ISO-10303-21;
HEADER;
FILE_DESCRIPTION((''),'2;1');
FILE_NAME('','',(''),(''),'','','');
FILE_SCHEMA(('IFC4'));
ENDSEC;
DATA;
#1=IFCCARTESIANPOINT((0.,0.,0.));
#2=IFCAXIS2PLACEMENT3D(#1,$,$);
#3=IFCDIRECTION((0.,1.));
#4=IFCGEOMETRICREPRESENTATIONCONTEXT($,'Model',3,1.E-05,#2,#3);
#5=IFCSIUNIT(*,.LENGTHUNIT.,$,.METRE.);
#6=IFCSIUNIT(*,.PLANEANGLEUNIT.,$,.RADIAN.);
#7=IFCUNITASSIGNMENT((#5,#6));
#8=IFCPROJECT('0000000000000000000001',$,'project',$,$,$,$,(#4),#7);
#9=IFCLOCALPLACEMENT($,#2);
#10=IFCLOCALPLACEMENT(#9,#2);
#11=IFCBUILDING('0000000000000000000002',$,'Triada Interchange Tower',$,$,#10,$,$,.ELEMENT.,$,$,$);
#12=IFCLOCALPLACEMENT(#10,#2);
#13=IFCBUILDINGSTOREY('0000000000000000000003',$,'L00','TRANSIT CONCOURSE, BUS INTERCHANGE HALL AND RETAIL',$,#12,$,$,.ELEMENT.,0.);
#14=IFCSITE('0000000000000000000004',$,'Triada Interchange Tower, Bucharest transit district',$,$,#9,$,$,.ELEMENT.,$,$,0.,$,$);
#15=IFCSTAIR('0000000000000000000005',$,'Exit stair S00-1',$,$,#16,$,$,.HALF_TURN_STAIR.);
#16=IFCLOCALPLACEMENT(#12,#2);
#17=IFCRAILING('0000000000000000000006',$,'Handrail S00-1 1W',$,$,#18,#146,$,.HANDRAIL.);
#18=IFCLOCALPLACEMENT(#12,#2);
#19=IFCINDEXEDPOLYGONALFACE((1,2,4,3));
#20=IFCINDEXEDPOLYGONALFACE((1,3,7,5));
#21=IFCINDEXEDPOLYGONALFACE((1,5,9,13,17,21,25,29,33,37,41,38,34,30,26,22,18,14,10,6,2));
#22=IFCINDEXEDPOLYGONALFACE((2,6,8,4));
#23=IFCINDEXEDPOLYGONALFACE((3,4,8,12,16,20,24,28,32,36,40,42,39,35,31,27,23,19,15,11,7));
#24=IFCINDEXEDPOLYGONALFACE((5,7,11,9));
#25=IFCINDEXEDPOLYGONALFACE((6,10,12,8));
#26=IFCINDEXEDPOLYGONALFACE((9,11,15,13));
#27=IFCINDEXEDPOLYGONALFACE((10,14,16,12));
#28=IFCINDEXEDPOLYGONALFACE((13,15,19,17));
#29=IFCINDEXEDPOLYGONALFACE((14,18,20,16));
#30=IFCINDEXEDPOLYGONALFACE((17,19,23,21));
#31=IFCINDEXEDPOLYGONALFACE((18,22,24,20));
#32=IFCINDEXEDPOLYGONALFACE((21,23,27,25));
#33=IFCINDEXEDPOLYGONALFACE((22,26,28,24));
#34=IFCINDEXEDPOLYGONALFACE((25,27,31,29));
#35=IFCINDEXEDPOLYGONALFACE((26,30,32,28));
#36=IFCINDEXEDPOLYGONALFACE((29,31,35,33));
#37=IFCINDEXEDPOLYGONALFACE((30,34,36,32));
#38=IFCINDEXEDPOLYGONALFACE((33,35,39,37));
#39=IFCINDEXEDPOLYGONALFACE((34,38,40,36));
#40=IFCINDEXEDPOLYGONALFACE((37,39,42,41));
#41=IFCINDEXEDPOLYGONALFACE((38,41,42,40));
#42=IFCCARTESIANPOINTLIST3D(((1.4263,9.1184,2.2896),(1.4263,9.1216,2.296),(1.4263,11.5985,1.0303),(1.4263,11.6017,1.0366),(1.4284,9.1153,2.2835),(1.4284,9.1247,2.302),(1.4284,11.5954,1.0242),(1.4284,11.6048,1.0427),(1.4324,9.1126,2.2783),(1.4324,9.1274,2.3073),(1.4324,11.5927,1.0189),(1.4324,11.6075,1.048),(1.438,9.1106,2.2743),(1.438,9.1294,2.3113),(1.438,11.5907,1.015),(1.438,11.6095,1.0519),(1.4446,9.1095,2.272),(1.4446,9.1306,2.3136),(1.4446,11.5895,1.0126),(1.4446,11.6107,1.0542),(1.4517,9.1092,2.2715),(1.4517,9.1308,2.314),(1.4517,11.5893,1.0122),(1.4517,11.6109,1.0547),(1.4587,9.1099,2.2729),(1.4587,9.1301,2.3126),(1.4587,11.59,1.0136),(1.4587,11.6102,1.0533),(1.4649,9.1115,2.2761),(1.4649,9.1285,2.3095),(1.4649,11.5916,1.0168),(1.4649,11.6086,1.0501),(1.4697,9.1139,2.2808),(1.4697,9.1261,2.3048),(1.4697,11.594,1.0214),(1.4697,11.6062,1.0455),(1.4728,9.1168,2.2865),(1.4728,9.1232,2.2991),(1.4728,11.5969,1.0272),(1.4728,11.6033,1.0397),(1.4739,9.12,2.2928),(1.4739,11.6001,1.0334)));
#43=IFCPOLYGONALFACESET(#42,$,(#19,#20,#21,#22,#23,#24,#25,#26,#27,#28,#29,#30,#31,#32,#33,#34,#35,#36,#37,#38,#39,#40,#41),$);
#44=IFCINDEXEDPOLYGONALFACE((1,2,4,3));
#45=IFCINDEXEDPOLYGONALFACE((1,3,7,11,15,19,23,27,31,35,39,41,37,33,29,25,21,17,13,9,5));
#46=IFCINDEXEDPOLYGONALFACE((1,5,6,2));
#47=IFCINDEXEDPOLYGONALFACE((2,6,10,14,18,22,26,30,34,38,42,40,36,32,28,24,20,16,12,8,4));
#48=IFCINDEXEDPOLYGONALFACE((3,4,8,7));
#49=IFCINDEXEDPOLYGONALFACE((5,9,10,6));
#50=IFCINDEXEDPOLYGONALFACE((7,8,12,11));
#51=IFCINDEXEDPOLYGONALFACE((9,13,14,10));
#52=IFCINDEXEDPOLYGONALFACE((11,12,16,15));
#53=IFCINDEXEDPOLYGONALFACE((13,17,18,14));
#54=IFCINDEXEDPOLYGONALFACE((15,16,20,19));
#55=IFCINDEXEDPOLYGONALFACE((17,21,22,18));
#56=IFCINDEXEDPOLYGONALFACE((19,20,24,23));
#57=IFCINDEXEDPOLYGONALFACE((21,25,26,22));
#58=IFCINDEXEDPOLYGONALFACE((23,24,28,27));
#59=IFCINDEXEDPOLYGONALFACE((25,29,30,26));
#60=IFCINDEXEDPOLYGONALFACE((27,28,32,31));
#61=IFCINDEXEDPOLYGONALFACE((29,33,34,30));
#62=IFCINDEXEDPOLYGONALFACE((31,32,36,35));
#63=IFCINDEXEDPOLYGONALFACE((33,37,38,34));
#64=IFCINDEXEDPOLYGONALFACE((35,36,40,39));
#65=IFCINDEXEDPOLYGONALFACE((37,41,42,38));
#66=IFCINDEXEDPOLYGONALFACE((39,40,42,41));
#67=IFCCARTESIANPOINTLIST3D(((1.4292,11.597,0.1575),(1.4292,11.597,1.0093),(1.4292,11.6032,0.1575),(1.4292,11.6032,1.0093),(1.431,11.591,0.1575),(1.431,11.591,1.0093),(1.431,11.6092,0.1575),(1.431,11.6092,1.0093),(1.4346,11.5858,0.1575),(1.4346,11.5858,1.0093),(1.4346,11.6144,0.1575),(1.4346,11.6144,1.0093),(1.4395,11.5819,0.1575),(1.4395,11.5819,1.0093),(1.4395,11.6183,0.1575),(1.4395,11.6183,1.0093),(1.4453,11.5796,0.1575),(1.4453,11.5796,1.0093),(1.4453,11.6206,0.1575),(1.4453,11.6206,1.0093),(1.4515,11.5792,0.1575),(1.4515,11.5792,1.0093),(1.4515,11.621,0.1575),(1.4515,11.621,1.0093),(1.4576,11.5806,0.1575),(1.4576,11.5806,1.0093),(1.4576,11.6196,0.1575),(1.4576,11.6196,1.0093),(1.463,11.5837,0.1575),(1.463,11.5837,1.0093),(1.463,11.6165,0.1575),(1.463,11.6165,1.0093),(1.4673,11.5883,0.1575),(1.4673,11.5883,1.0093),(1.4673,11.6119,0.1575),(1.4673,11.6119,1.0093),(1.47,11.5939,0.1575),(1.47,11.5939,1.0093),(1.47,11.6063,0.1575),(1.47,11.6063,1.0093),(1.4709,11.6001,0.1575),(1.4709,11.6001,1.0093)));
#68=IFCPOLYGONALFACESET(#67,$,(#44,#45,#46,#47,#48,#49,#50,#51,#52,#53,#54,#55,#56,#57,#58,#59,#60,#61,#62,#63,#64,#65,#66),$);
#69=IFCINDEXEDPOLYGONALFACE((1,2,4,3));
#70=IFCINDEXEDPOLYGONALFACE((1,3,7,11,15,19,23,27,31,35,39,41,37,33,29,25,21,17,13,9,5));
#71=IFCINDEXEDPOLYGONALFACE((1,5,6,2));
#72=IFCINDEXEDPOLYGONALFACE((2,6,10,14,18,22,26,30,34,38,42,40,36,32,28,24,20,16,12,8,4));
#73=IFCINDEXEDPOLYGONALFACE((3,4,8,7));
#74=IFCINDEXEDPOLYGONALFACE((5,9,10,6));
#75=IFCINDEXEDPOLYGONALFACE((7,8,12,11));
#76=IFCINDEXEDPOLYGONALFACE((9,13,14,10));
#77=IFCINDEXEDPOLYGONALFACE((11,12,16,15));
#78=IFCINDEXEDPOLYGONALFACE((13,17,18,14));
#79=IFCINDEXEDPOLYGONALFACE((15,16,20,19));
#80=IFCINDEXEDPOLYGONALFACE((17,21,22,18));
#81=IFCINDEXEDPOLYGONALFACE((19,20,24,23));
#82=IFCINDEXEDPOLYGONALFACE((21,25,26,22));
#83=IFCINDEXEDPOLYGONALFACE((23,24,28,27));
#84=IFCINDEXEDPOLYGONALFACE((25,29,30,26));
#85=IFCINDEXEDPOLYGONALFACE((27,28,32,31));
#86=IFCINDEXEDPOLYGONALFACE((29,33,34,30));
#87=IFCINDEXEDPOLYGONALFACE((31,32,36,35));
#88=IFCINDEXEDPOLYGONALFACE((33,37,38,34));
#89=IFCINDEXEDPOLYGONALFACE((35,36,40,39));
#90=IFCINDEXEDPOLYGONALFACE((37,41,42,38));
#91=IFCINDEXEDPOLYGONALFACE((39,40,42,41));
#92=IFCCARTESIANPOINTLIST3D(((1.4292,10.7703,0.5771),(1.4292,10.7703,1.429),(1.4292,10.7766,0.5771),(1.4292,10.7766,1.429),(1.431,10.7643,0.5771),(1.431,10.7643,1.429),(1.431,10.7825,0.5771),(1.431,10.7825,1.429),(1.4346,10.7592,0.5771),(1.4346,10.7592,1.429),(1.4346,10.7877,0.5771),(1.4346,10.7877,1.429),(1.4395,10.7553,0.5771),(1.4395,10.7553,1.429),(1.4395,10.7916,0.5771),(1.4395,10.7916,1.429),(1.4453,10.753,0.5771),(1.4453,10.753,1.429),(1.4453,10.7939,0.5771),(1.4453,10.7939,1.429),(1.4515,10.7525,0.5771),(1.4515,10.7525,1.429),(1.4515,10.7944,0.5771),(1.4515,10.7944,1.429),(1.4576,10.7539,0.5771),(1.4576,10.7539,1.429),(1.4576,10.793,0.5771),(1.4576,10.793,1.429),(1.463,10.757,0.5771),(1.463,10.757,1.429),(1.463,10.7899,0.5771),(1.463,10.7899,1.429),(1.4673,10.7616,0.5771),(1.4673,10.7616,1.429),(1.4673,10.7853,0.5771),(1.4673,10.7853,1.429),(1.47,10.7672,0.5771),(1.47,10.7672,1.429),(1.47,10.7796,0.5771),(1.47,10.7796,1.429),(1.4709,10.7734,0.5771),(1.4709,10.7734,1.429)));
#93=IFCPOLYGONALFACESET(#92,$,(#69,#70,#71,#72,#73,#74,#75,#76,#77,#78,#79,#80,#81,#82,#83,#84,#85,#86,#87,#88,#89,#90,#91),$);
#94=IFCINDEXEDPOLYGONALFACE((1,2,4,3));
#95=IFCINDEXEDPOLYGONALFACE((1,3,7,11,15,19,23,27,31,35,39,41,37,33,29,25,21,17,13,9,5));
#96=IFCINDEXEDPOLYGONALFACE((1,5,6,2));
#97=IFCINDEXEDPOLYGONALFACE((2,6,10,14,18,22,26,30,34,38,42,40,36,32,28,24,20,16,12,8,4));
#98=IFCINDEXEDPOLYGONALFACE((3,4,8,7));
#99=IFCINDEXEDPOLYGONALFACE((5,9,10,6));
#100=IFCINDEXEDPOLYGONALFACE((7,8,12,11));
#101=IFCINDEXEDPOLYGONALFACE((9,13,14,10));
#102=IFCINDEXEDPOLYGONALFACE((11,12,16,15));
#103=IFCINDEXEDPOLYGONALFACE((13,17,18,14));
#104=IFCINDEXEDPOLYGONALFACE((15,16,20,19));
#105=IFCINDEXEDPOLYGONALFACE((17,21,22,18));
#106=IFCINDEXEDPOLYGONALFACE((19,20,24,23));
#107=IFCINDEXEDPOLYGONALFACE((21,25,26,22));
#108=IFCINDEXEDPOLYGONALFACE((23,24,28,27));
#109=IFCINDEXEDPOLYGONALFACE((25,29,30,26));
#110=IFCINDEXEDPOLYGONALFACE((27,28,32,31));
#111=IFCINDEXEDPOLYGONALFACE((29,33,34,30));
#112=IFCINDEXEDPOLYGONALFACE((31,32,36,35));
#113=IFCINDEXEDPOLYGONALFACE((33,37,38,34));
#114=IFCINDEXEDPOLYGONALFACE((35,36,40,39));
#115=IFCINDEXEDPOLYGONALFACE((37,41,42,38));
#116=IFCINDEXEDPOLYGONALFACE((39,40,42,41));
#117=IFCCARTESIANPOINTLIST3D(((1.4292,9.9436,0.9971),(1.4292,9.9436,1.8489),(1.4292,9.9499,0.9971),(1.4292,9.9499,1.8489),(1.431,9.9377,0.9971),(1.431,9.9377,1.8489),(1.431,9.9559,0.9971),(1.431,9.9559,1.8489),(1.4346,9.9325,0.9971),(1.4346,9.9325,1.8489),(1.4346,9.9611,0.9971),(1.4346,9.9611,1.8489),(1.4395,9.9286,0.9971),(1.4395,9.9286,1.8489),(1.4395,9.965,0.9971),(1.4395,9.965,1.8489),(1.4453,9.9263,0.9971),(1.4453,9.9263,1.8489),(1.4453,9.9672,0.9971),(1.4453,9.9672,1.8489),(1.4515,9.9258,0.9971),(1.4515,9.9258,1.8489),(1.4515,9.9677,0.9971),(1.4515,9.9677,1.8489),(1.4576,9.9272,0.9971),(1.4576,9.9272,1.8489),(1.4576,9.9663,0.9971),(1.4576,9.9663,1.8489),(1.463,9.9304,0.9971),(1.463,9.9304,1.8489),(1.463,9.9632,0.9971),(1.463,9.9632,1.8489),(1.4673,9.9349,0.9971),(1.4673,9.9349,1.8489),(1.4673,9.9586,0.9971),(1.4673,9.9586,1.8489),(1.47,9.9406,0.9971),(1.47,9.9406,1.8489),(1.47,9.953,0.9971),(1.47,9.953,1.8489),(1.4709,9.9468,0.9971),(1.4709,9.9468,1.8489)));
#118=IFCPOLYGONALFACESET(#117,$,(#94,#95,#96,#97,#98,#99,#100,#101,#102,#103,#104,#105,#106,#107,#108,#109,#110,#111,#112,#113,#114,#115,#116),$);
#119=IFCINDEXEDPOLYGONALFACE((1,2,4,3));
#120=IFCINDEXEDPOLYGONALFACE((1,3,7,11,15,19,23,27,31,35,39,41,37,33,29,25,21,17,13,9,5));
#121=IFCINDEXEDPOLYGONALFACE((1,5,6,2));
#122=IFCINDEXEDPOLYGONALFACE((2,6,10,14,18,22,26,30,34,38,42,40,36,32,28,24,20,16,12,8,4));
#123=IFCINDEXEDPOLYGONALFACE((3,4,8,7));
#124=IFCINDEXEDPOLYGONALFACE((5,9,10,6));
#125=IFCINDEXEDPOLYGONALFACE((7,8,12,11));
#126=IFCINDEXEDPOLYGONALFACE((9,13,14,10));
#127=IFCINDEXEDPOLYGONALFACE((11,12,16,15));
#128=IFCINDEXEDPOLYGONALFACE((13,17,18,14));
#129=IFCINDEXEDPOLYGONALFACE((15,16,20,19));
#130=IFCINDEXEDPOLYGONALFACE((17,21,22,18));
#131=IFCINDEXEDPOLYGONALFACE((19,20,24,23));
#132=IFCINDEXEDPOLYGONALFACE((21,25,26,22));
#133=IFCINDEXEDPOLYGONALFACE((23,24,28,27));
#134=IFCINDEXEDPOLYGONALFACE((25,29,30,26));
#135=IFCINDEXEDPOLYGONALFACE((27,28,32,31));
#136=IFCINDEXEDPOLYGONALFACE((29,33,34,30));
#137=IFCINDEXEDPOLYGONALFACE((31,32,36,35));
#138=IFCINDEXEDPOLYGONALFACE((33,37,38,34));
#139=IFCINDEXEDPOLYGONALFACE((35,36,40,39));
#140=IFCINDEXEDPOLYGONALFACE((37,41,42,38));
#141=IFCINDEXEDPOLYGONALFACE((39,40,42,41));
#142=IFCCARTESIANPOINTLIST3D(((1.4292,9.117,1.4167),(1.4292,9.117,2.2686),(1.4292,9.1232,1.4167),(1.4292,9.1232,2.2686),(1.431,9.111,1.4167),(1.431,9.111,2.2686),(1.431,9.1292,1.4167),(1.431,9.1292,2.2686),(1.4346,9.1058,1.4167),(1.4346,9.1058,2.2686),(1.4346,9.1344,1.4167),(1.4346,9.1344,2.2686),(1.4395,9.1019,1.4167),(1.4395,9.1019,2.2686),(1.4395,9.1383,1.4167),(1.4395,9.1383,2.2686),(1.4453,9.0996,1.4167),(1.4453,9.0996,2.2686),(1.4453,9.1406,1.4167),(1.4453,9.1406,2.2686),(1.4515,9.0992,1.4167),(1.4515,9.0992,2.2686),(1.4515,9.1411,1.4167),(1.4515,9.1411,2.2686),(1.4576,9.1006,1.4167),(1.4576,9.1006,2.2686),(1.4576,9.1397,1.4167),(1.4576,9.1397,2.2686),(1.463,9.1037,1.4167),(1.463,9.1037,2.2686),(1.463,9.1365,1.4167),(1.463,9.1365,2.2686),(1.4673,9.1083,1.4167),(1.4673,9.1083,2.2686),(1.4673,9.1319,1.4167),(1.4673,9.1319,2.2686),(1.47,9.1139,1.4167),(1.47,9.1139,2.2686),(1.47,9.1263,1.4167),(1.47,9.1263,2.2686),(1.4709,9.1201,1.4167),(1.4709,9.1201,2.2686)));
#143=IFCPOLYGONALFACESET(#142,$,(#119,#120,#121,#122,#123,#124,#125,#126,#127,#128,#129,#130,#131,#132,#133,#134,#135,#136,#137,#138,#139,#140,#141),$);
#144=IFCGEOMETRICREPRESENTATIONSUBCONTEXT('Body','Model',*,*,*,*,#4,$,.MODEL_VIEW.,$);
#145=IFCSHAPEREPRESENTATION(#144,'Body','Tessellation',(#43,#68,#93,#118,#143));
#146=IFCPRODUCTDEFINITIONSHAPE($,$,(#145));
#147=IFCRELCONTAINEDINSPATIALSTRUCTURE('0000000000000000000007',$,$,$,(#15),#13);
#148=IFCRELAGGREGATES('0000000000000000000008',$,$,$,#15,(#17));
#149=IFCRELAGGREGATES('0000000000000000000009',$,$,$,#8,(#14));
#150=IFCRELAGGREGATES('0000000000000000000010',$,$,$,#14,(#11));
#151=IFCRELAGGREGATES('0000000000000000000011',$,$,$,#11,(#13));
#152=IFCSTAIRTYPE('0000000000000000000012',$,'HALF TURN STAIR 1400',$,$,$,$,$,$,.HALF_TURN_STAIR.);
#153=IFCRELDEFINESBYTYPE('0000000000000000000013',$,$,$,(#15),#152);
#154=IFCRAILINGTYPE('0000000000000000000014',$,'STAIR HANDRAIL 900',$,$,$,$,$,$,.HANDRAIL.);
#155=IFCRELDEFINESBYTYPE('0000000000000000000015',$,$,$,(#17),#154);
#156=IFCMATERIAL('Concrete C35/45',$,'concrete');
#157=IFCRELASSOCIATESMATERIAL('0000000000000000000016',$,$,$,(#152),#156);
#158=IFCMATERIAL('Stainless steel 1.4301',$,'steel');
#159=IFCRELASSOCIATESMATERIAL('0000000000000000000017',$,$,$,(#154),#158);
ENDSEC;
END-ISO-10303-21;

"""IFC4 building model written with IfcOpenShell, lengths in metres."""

from ifc_helpers import new_model, si_unit, direction, frame, origin, origin_2d, place, context, subcontext, project, spatial, circle, extrude, material, type_object, element, aggregate, save


model = new_model("IFC4")

# Units and contexts
model_context = context("Model", 3, precision=1e-05, world=origin(), true_north=direction((0.0, 1.0)))
body_context = subcontext(model_context, "Body", "Model", "MODEL_VIEW")
ifc_project = project(units=[si_unit("LENGTHUNIT", "METRE"), si_unit("PLANEANGLEUNIT", "RADIAN")], contexts=[model_context])

# Site, building, storey
site_placement = place(None, origin())
site = spatial("IfcSite", under=ifc_project, at=site_placement, Name="Triada Interchange Tower, Bucharest transit district", CompositionType="ELEMENT", RefElevation=0.0)
building_placement = place(site_placement, origin())
building = spatial("IfcBuilding", under=site, at=building_placement, Name="Triada Interchange Tower", CompositionType="ELEMENT")
storey_placement = place(building_placement, origin())
storey = spatial("IfcBuildingStorey", under=building, at=storey_placement, Name="L00", Description="TRANSIT CONCOURSE, BUS INTERCHANGE HALL AND RETAIL", CompositionType="ELEMENT", Elevation=0.0)

# Shared definitions
ifc_material_1 = material(Name="Concrete C35/45", Category="concrete")
stair_type = type_object("IfcStairType", Name="HALF TURN STAIR 1400", PredefinedType="HALF_TURN_STAIR", material=ifc_material_1)

# Stair, railing
stair_1_placement = place(storey_placement, origin())
stair_1 = element("IfcStair", 1, at=stair_1_placement, inside=storey, type_object=stair_type, Name="Exit stair S00-1", PredefinedType="HALF_TURN_STAIR")
ifc_material_2 = material(Name="Stainless steel 1.4301", Category="steel")
railing_type = type_object("IfcRailingType", Name="STAIR HANDRAIL 900", PredefinedType="HANDRAIL", material=ifc_material_2)
railing_1_placement = place(storey_placement, frame((1.45, 11.6001, 0.1575)))
railing_1 = element("IfcRailing", 2, at=railing_1_placement, type_object=railing_type, Name="Handrail S00-1 1W", PredefinedType="HANDRAIL", context=body_context, shape_type="SweptSolid", body=[
    extrude(circle(Radius=0.0239, at=origin_2d()), frame((0.0, 0.0, 0.876), z_axis=(0.0, -0.891636, 0.452752), x_axis=(1.0, 0.0, 0.0)), (0.0, 0.0, 1.0), 2.7815),
    extrude(circle(Radius=0.021, at=origin_2d()), origin(), (0.0, 0.0, 1.0), 0.8518),
    extrude(circle(Radius=0.021, at=origin_2d()), frame((0.0, -0.8267, 0.4197)), (0.0, 0.0, 1.0), 0.8518),
    extrude(circle(Radius=0.021, at=origin_2d()), frame((0.0, -1.6533, 0.8396)), (0.0, 0.0, 1.0), 0.8518),
    extrude(circle(Radius=0.021, at=origin_2d()), frame((0.0, -2.48, 1.2593)), (0.0, 0.0, 1.0), 0.8518),
])
aggregate(stair_1, [railing_1])

save(model, "model.ifc")
